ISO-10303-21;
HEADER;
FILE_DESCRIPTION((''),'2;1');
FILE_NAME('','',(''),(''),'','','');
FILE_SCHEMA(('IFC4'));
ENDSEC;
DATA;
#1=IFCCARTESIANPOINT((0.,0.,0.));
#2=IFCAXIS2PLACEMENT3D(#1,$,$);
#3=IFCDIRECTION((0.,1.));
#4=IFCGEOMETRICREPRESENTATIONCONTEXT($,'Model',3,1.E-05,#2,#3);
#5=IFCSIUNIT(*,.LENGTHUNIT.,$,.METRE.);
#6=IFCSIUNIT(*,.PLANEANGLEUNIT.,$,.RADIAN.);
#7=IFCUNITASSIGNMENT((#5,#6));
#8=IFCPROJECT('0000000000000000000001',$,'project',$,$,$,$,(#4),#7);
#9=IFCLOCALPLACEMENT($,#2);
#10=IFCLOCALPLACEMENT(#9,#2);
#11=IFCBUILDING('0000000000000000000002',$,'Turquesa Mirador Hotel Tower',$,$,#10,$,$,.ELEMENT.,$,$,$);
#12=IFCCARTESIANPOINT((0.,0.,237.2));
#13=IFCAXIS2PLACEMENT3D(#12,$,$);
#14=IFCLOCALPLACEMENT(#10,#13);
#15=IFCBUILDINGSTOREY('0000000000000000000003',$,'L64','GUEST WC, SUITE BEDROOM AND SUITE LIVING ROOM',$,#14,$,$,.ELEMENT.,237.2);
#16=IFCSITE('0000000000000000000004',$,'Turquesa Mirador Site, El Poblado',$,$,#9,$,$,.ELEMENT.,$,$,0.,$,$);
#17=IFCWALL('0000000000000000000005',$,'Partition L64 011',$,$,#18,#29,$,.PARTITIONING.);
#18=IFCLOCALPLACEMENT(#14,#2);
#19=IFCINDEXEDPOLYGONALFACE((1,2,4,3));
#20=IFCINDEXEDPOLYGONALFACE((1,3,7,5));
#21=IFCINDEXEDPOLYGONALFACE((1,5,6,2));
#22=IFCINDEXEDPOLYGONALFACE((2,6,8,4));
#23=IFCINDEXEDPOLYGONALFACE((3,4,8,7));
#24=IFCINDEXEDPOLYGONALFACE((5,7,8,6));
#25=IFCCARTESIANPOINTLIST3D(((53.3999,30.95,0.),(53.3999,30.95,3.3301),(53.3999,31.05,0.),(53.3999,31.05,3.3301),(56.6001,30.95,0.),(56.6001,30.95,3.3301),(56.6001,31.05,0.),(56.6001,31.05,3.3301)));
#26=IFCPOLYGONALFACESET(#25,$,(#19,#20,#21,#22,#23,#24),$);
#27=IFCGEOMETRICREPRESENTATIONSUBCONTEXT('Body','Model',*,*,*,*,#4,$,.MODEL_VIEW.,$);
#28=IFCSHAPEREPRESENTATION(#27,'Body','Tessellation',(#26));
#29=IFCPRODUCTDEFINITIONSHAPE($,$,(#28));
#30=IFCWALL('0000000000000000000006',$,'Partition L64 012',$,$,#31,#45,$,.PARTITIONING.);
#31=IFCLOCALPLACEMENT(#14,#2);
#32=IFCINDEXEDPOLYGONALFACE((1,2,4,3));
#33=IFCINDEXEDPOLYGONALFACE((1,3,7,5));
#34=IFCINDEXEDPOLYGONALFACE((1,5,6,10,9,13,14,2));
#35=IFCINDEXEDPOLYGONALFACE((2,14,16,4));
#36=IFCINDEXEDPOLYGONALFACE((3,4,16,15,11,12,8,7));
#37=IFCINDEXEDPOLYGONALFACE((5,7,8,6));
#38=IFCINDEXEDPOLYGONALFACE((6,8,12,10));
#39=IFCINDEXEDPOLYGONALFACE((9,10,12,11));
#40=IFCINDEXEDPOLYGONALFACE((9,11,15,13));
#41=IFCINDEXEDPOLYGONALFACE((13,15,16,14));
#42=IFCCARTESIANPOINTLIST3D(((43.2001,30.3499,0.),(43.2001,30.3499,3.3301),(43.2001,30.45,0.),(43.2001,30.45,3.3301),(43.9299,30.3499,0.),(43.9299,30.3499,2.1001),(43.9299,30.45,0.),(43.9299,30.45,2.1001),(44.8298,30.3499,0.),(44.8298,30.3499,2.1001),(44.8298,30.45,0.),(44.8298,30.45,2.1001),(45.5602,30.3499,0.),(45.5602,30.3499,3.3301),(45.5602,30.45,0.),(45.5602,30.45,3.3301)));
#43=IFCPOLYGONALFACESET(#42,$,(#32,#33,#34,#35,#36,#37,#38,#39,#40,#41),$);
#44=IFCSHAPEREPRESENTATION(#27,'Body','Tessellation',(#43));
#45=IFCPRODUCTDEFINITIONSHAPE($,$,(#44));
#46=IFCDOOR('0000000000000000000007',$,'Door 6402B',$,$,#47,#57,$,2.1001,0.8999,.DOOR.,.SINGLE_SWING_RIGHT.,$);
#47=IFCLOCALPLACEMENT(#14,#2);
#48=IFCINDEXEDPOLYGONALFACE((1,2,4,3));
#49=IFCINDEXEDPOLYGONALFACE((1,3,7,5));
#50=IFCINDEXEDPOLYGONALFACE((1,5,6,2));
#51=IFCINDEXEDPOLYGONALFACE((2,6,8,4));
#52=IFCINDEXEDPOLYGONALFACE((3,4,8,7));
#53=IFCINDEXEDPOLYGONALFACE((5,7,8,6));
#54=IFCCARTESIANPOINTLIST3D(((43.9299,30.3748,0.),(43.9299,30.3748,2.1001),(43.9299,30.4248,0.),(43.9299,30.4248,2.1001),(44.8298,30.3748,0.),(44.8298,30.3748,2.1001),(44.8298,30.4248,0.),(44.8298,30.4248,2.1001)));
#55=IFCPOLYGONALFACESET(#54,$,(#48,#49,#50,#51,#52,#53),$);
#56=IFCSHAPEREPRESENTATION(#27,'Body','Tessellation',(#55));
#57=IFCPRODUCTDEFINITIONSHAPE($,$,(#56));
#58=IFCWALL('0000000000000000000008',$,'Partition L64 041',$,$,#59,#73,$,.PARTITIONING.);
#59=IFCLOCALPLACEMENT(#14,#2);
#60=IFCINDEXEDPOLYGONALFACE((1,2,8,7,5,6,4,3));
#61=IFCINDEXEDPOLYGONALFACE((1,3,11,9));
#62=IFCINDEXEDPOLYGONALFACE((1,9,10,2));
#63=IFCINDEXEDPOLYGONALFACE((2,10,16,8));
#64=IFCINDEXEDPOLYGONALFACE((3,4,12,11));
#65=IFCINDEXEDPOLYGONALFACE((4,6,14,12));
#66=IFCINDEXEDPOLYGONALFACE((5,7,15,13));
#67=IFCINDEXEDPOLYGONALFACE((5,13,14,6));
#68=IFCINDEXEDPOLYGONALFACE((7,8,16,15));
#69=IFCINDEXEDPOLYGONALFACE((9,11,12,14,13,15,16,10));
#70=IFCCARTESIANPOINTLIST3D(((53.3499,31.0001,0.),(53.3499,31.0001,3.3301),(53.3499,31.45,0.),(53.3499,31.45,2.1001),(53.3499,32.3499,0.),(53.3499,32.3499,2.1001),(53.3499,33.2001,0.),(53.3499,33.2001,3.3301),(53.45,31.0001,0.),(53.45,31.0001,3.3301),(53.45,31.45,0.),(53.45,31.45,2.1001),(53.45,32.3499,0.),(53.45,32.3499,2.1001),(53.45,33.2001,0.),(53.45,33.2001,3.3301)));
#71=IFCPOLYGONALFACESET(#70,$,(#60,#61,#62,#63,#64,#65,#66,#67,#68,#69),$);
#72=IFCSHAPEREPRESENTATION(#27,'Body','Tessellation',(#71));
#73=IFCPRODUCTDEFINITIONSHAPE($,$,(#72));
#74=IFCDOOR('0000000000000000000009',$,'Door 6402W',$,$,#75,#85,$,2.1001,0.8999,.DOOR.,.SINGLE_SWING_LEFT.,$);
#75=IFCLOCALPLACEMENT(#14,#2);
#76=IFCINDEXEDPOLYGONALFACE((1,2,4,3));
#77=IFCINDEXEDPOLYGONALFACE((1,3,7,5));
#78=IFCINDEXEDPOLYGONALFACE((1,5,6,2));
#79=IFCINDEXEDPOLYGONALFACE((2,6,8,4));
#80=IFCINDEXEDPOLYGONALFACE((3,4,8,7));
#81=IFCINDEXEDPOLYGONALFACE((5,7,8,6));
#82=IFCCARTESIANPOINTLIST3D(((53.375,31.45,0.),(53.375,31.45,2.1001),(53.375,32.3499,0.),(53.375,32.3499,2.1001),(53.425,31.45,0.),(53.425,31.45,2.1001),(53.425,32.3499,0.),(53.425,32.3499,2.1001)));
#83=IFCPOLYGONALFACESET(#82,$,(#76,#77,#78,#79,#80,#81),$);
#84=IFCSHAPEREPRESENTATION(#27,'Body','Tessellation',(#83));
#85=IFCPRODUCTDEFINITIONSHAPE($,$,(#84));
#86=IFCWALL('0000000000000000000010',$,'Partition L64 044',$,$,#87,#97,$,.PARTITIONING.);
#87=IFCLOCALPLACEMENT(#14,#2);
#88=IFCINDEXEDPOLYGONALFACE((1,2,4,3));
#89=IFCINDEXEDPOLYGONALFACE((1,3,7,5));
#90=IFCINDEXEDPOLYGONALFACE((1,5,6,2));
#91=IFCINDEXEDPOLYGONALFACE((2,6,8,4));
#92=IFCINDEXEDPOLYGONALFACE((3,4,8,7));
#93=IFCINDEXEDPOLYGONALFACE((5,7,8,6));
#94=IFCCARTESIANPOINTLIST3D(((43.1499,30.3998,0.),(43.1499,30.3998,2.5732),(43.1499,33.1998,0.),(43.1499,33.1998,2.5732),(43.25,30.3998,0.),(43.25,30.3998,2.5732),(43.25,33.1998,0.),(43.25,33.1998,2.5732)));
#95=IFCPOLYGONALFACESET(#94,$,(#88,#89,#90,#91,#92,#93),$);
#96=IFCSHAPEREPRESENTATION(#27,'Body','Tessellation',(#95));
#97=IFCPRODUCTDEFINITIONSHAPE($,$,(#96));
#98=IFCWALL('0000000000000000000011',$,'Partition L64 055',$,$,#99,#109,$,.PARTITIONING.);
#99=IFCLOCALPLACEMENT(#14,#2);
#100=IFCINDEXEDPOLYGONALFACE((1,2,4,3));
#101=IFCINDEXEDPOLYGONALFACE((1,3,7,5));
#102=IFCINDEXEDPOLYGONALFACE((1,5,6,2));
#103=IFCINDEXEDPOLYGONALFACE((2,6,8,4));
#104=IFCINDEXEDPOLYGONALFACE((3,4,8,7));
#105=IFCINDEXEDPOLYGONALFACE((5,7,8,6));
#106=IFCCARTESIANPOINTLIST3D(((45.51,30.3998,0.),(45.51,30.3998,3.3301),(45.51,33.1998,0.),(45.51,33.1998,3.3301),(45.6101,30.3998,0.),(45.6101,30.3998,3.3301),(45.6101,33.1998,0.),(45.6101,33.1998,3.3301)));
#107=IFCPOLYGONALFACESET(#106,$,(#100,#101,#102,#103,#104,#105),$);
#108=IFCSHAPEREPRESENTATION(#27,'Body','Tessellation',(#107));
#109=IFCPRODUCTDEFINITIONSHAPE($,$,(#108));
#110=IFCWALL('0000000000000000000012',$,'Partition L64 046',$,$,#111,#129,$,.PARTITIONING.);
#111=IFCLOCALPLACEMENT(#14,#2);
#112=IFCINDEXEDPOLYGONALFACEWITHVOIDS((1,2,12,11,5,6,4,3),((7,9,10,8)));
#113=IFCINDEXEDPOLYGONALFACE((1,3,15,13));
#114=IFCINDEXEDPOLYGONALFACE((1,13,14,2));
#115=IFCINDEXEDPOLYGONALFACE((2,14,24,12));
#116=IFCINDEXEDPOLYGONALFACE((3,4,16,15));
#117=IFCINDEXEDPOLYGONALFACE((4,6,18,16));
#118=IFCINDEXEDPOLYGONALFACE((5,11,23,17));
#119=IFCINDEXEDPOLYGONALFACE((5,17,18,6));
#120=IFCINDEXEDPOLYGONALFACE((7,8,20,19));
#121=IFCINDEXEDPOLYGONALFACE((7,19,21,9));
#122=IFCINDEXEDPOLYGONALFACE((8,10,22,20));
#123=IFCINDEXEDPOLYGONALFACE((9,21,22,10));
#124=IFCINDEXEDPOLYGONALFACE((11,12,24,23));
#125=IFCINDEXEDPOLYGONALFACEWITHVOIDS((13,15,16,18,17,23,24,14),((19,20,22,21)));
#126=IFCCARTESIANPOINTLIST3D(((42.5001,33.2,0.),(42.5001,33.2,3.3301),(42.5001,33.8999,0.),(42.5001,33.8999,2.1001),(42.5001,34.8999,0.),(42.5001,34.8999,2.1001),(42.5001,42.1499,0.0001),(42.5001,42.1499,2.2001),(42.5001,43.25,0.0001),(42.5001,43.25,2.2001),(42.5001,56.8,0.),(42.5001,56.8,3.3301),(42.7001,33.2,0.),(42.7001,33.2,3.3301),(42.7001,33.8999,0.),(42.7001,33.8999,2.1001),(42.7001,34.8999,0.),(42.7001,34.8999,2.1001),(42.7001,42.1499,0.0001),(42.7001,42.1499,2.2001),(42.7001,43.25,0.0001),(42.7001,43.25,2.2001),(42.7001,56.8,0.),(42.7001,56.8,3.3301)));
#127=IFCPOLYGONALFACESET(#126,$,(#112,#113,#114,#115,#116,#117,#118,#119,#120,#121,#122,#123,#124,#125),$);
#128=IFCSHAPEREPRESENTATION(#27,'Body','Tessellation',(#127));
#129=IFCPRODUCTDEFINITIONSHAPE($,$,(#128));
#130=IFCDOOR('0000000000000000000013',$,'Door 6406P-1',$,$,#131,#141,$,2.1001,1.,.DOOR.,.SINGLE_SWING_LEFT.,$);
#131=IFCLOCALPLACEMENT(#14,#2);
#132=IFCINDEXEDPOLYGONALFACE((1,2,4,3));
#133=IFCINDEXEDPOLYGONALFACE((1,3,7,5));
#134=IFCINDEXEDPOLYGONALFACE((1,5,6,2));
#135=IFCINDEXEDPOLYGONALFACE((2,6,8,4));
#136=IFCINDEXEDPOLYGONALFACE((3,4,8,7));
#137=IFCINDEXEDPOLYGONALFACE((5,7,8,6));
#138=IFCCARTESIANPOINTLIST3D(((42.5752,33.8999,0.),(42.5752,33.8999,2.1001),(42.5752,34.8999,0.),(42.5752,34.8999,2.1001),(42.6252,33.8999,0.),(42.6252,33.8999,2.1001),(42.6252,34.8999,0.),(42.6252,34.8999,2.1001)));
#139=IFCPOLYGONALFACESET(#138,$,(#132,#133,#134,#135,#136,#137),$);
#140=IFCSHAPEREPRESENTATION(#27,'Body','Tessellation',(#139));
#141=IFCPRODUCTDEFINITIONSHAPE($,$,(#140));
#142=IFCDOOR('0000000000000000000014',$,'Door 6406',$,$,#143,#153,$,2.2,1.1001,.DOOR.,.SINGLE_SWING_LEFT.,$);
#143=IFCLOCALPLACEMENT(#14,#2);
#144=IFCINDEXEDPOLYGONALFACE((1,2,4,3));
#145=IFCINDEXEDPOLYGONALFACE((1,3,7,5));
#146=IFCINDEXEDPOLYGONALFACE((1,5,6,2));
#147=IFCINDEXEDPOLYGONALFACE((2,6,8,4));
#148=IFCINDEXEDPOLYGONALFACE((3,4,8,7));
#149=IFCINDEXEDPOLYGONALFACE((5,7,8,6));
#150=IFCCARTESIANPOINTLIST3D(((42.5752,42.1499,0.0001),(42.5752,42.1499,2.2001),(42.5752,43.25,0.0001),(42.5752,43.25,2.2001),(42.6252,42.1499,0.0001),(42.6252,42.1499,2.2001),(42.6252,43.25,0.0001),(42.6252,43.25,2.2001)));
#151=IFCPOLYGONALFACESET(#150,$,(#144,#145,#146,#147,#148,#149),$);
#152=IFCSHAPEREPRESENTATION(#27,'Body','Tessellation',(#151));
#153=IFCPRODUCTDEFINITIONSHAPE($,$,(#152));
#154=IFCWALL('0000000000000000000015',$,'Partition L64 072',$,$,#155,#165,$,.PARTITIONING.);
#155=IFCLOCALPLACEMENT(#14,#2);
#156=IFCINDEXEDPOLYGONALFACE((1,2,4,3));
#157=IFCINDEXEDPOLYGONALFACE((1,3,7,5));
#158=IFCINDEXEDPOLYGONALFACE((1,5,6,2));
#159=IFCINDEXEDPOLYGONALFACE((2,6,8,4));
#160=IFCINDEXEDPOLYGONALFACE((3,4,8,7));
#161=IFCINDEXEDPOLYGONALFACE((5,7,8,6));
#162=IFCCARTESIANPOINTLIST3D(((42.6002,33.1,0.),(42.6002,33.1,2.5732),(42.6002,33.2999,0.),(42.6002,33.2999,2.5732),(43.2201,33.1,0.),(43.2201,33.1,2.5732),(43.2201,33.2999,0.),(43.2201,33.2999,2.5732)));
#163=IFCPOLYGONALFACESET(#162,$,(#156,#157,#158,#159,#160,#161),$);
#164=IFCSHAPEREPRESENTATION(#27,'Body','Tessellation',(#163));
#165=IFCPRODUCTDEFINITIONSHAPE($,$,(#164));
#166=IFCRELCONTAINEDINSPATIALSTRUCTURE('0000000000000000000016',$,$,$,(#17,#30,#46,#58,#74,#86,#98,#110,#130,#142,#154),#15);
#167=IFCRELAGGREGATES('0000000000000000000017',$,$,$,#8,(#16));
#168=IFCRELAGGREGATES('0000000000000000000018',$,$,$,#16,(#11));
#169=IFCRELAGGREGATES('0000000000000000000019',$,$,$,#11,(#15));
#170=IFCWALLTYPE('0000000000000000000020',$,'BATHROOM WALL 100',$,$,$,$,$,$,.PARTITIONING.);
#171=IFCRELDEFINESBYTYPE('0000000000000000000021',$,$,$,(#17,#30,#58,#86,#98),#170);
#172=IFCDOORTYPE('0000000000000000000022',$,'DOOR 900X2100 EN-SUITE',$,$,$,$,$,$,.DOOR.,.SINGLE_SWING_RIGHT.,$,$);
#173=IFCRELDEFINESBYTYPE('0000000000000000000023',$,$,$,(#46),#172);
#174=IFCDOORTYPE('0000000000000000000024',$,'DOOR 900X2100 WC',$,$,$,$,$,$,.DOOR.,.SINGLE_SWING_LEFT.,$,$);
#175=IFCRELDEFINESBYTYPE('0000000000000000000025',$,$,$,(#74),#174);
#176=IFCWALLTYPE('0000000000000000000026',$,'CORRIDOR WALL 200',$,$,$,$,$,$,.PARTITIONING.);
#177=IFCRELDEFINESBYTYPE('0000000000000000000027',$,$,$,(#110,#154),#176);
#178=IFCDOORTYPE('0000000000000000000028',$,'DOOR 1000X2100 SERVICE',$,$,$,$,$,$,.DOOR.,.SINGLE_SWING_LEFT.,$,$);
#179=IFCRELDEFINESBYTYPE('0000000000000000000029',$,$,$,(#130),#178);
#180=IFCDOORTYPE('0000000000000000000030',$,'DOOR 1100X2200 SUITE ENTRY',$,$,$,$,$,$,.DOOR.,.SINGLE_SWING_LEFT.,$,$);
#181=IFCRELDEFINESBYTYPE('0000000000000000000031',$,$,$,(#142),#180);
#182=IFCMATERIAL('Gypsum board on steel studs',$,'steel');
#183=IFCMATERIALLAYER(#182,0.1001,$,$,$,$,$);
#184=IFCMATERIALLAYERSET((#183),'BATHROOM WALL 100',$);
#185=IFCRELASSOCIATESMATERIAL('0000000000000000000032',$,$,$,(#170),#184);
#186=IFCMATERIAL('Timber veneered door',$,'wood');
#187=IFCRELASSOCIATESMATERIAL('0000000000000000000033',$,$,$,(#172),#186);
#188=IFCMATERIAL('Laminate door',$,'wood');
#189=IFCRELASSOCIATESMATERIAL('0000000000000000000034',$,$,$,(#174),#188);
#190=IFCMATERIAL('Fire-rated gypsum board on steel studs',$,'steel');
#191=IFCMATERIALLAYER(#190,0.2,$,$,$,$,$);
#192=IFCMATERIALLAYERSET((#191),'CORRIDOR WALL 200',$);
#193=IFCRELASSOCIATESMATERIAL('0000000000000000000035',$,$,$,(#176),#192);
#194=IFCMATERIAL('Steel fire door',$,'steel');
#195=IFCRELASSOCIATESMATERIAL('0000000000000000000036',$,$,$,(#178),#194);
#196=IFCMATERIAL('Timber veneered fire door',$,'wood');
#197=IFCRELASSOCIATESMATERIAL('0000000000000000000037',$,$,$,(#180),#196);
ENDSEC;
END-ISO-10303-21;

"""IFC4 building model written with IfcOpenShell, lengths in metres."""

from ifc_helpers import new_model, si_unit, direction, frame, frame_2d, origin, place, context, subcontext, project, spatial, rectangle, extrude, material, layer, layer_set, type_object, element, fill, save


model = new_model("IFC4")

# Units and contexts
model_context = context("Model", 3, precision=1e-05, world=origin(), true_north=direction((0.0, 1.0)))
body_context = subcontext(model_context, "Body", "Model", "MODEL_VIEW")
ifc_project = project(units=[si_unit("LENGTHUNIT", "METRE"), si_unit("PLANEANGLEUNIT", "RADIAN")], contexts=[model_context])

# Site, building, storey
site_placement = place(None, origin())
site = spatial("IfcSite", under=ifc_project, at=site_placement, Name="Turquesa Mirador Site, El Poblado", CompositionType="ELEMENT", RefElevation=0.0)
building_placement = place(site_placement, origin())
building = spatial("IfcBuilding", under=site, at=building_placement, Name="Turquesa Mirador Hotel Tower", CompositionType="ELEMENT")
storey_placement = place(building_placement, frame((0.0, 0.0, 237.2)))
storey = spatial("IfcBuildingStorey", under=building, at=storey_placement, Name="L64", Description="GUEST WC, SUITE BEDROOM AND SUITE LIVING ROOM", CompositionType="ELEMENT", Elevation=237.2)

# Wall
ifc_material_1 = material(Name="Gypsum board on steel studs", Category="steel")
ifc_layer_1 = layer(ifc_material_1, 0.1001)
ifc_layer_set_1 = layer_set([ifc_layer_1], Name="BATHROOM WALL 100")
wall_type_1 = type_object("IfcWallType", Name="BATHROOM WALL 100", PredefinedType="PARTITIONING", material=ifc_layer_set_1)
wall_1_placement = place(storey_placement, frame((53.3999, 31.0, 0.0), z_axis=(0.0, 0.0, 1.0), x_axis=(1.0, 0.0, 0.0)))
element("IfcWall", 1, at=wall_1_placement, inside=storey, type_object=wall_type_1, Name="Partition L64 011", PredefinedType="PARTITIONING", context=body_context, shape_type="SweptSolid", body=[
    extrude(rectangle(XDim=3.2002, YDim=0.1001, at=frame_2d((1.6001, 0.0))), origin(), (0.0, 0.0, 1.0), 3.3301),
])

# Walls, openings, doors
wall_2_placement = place(storey_placement, frame((43.2, 30.3999, 0.0), z_axis=(0.0, 0.0, 1.0), x_axis=(1.0, 0.0, 0.0)))
wall_2 = element("IfcWall", 2, at=wall_2_placement, inside=storey, type_object=wall_type_1, Name="Partition L64 012", PredefinedType="PARTITIONING", context=body_context, shape_type="SweptSolid", body=[
    extrude(rectangle(XDim=2.3601, YDim=0.1001, at=frame_2d((1.1802, 0.0))), origin(), (0.0, 0.0, 1.0), 3.3301),
])
opening_1_placement = place(wall_2_placement, frame((0.73, 0.0, 0.0)))
opening_1 = element("IfcOpeningElement", 3, at=opening_1_placement, cuts=wall_2, PredefinedType="OPENING", context=body_context, shape_type="SweptSolid", body=[
    extrude(rectangle(XDim=0.8999, YDim=2.1001, at=frame_2d((0.45, 1.05))), frame((0.0, 0.0601, 0.0), z_axis=(0.0, -1.0, 0.0), x_axis=(1.0, 0.0, 0.0)), (0.0, 0.0, 1.0), 0.1201),
])
ifc_material_2 = material(Name="Timber veneered door", Category="wood")
door_type_1 = type_object("IfcDoorType", Name="DOOR 900X2100 EN-SUITE", OperationType="SINGLE_SWING_RIGHT", PredefinedType="DOOR", material=ifc_material_2)
door_1_placement = place(opening_1_placement, origin())
door_1 = element("IfcDoor", 4, at=door_1_placement, inside=storey, type_object=door_type_1, Name="Door 6402B", OperationType="SINGLE_SWING_RIGHT", OverallHeight=2.1001, OverallWidth=0.8999, PredefinedType="DOOR", context=body_context, shape_type="SweptSolid", body=[
    extrude(rectangle(XDim=0.8999, YDim=2.1001, at=frame_2d((0.45, 1.05))), frame((0.0, 0.0249, 0.0), z_axis=(0.0, -1.0, 0.0), x_axis=(1.0, 0.0, 0.0)), (0.0, 0.0, 1.0), 0.05),
])
fill(opening_1, door_1)
wall_3_placement = place(storey_placement, frame((53.3999, 31.0, 0.0), z_axis=(0.0, 0.0, 1.0), x_axis=(0.0, 1.0, 0.0)))
wall_3 = element("IfcWall", 5, at=wall_3_placement, inside=storey, type_object=wall_type_1, Name="Partition L64 041", PredefinedType="PARTITIONING", context=body_context, shape_type="SweptSolid", body=[
    extrude(rectangle(XDim=2.2, YDim=0.1001, at=frame_2d((1.1001, 0.0))), origin(), (0.0, 0.0, 1.0), 3.3301),
])
opening_2_placement = place(wall_3_placement, frame((0.45, 0.0, 0.0)))
opening_2 = element("IfcOpeningElement", 6, at=opening_2_placement, cuts=wall_3, PredefinedType="OPENING", context=body_context, shape_type="SweptSolid", body=[
    extrude(rectangle(XDim=0.8999, YDim=2.1001, at=frame_2d((0.45, 1.05))), frame((0.0, 0.0601, 0.0), z_axis=(0.0, -1.0, 0.0), x_axis=(1.0, 0.0, 0.0)), (0.0, 0.0, 1.0), 0.1201),
])
ifc_material_3 = material(Name="Laminate door", Category="wood")
door_type_2 = type_object("IfcDoorType", Name="DOOR 900X2100 WC", OperationType="SINGLE_SWING_LEFT", PredefinedType="DOOR", material=ifc_material_3)
door_2_placement = place(opening_2_placement, origin())
door_2 = element("IfcDoor", 7, at=door_2_placement, inside=storey, type_object=door_type_2, Name="Door 6402W", OperationType="SINGLE_SWING_LEFT", OverallHeight=2.1001, OverallWidth=0.8999, PredefinedType="DOOR", context=body_context, shape_type="SweptSolid", body=[
    extrude(rectangle(XDim=0.8999, YDim=2.1001, at=frame_2d((0.45, 1.05))), frame((0.0, 0.0249, 0.0), z_axis=(0.0, -1.0, 0.0), x_axis=(1.0, 0.0, 0.0)), (0.0, 0.0, 1.0), 0.05),
])
fill(opening_2, door_2)

# Walls
wall_4_placement = place(storey_placement, frame((43.2, 30.3999, 0.0), z_axis=(0.0, 0.0, 1.0), x_axis=(0.0, 1.0, 0.0)))
element("IfcWall", 8, at=wall_4_placement, inside=storey, type_object=wall_type_1, Name="Partition L64 044", PredefinedType="PARTITIONING", context=body_context, shape_type="SweptSolid", body=[
    extrude(rectangle(XDim=2.8, YDim=0.1001, at=frame_2d((1.3999, 0.0))), origin(), (0.0, 0.0, 1.0), 2.5732),
])
wall_5_placement = place(storey_placement, frame((45.5601, 30.3999, 0.0), z_axis=(0.0, 0.0, 1.0), x_axis=(0.0, 1.0, 0.0)))
element("IfcWall", 9, at=wall_5_placement, inside=storey, type_object=wall_type_1, Name="Partition L64 055", PredefinedType="PARTITIONING", context=body_context, shape_type="SweptSolid", body=[
    extrude(rectangle(XDim=2.8, YDim=0.1001, at=frame_2d((1.3999, 0.0))), origin(), (0.0, 0.0, 1.0), 3.3301),
])

# Wall, openings, doors
ifc_material_4 = material(Name="Fire-rated gypsum board on steel studs", Category="steel")
ifc_layer_2 = layer(ifc_material_4, 0.2)
ifc_layer_set_2 = layer_set([ifc_layer_2], Name="CORRIDOR WALL 200")
wall_type_2 = type_object("IfcWallType", Name="CORRIDOR WALL 200", PredefinedType="PARTITIONING", material=ifc_layer_set_2)
wall_6_placement = place(storey_placement, frame((42.6001, 33.2, 0.0), z_axis=(0.0, 0.0, 1.0), x_axis=(0.0, 1.0, 0.0)))
wall_6 = element("IfcWall", 10, at=wall_6_placement, inside=storey, type_object=wall_type_2, Name="Partition L64 046", PredefinedType="PARTITIONING", context=body_context, shape_type="SweptSolid", body=[
    extrude(rectangle(XDim=23.6001, YDim=0.2, at=frame_2d((11.8, 0.0))), origin(), (0.0, 0.0, 1.0), 3.3301),
])
opening_3_placement = place(wall_6_placement, frame((8.95, 0.0, 0.0)))
opening_3 = element("IfcOpeningElement", 11, at=opening_3_placement, cuts=wall_6, PredefinedType="OPENING", context=body_context, shape_type="SweptSolid", body=[
    extrude(rectangle(XDim=1.1001, YDim=2.2, at=frame_2d((0.55, 1.1001))), frame((0.0, 0.1099, 0.0), z_axis=(0.0, -1.0, 0.0), x_axis=(1.0, 0.0, 0.0)), (0.0, 0.0, 1.0), 0.22),
])
opening_4_placement = place(wall_6_placement, frame((0.7, 0.0, 0.0)))
opening_4 = element("IfcOpeningElement", 12, at=opening_4_placement, cuts=wall_6, PredefinedType="OPENING", context=body_context, shape_type="SweptSolid", body=[
    extrude(rectangle(XDim=1.0, YDim=2.1001, at=frame_2d((0.5, 1.05))), frame((0.0, 0.1099, 0.0), z_axis=(0.0, -1.0, 0.0), x_axis=(1.0, 0.0, 0.0)), (0.0, 0.0, 1.0), 0.22),
])
ifc_material_5 = material(Name="Steel fire door", Category="steel")
door_type_3 = type_object("IfcDoorType", Name="DOOR 1000X2100 SERVICE", OperationType="SINGLE_SWING_LEFT", PredefinedType="DOOR", material=ifc_material_5)
door_3_placement = place(opening_4_placement, origin())
door_3 = element("IfcDoor", 13, at=door_3_placement, inside=storey, type_object=door_type_3, Name="Door 6406P-1", OperationType="SINGLE_SWING_LEFT", OverallHeight=2.1001, OverallWidth=1.0, PredefinedType="DOOR", context=body_context, shape_type="SweptSolid", body=[
    extrude(rectangle(XDim=1.0, YDim=2.1001, at=frame_2d((0.5, 1.05))), frame((0.0, 0.0249, 0.0), z_axis=(0.0, -1.0, 0.0), x_axis=(1.0, 0.0, 0.0)), (0.0, 0.0, 1.0), 0.05),
])
fill(opening_4, door_3)
ifc_material_6 = material(Name="Timber veneered fire door", Category="wood")
door_type_4 = type_object("IfcDoorType", Name="DOOR 1100X2200 SUITE ENTRY", OperationType="SINGLE_SWING_LEFT", PredefinedType="DOOR", material=ifc_material_6)
door_4_placement = place(opening_3_placement, origin())
door_4 = element("IfcDoor", 14, at=door_4_placement, inside=storey, type_object=door_type_4, Name="Door 6406", OperationType="SINGLE_SWING_LEFT", OverallHeight=2.2, OverallWidth=1.1001, PredefinedType="DOOR", context=body_context, shape_type="SweptSolid", body=[
    extrude(rectangle(XDim=1.1001, YDim=2.2, at=frame_2d((0.55, 1.1001))), frame((0.0, 0.0249, 0.0), z_axis=(0.0, -1.0, 0.0), x_axis=(1.0, 0.0, 0.0)), (0.0, 0.0, 1.0), 0.05),
])
fill(opening_3, door_4)

# Wall
wall_7_placement = place(storey_placement, frame((42.6001, 33.2, 0.0), z_axis=(0.0, 0.0, 1.0), x_axis=(1.0, 0.0, 0.0)))
element("IfcWall", 15, at=wall_7_placement, inside=storey, type_object=wall_type_2, Name="Partition L64 072", PredefinedType="PARTITIONING", context=body_context, shape_type="SweptSolid", body=[
    extrude(rectangle(XDim=0.6199, YDim=0.2, at=frame_2d((0.3101, 0.0))), origin(), (0.0, 0.0, 1.0), 2.5732),
])

save(model, "model.ifc")
